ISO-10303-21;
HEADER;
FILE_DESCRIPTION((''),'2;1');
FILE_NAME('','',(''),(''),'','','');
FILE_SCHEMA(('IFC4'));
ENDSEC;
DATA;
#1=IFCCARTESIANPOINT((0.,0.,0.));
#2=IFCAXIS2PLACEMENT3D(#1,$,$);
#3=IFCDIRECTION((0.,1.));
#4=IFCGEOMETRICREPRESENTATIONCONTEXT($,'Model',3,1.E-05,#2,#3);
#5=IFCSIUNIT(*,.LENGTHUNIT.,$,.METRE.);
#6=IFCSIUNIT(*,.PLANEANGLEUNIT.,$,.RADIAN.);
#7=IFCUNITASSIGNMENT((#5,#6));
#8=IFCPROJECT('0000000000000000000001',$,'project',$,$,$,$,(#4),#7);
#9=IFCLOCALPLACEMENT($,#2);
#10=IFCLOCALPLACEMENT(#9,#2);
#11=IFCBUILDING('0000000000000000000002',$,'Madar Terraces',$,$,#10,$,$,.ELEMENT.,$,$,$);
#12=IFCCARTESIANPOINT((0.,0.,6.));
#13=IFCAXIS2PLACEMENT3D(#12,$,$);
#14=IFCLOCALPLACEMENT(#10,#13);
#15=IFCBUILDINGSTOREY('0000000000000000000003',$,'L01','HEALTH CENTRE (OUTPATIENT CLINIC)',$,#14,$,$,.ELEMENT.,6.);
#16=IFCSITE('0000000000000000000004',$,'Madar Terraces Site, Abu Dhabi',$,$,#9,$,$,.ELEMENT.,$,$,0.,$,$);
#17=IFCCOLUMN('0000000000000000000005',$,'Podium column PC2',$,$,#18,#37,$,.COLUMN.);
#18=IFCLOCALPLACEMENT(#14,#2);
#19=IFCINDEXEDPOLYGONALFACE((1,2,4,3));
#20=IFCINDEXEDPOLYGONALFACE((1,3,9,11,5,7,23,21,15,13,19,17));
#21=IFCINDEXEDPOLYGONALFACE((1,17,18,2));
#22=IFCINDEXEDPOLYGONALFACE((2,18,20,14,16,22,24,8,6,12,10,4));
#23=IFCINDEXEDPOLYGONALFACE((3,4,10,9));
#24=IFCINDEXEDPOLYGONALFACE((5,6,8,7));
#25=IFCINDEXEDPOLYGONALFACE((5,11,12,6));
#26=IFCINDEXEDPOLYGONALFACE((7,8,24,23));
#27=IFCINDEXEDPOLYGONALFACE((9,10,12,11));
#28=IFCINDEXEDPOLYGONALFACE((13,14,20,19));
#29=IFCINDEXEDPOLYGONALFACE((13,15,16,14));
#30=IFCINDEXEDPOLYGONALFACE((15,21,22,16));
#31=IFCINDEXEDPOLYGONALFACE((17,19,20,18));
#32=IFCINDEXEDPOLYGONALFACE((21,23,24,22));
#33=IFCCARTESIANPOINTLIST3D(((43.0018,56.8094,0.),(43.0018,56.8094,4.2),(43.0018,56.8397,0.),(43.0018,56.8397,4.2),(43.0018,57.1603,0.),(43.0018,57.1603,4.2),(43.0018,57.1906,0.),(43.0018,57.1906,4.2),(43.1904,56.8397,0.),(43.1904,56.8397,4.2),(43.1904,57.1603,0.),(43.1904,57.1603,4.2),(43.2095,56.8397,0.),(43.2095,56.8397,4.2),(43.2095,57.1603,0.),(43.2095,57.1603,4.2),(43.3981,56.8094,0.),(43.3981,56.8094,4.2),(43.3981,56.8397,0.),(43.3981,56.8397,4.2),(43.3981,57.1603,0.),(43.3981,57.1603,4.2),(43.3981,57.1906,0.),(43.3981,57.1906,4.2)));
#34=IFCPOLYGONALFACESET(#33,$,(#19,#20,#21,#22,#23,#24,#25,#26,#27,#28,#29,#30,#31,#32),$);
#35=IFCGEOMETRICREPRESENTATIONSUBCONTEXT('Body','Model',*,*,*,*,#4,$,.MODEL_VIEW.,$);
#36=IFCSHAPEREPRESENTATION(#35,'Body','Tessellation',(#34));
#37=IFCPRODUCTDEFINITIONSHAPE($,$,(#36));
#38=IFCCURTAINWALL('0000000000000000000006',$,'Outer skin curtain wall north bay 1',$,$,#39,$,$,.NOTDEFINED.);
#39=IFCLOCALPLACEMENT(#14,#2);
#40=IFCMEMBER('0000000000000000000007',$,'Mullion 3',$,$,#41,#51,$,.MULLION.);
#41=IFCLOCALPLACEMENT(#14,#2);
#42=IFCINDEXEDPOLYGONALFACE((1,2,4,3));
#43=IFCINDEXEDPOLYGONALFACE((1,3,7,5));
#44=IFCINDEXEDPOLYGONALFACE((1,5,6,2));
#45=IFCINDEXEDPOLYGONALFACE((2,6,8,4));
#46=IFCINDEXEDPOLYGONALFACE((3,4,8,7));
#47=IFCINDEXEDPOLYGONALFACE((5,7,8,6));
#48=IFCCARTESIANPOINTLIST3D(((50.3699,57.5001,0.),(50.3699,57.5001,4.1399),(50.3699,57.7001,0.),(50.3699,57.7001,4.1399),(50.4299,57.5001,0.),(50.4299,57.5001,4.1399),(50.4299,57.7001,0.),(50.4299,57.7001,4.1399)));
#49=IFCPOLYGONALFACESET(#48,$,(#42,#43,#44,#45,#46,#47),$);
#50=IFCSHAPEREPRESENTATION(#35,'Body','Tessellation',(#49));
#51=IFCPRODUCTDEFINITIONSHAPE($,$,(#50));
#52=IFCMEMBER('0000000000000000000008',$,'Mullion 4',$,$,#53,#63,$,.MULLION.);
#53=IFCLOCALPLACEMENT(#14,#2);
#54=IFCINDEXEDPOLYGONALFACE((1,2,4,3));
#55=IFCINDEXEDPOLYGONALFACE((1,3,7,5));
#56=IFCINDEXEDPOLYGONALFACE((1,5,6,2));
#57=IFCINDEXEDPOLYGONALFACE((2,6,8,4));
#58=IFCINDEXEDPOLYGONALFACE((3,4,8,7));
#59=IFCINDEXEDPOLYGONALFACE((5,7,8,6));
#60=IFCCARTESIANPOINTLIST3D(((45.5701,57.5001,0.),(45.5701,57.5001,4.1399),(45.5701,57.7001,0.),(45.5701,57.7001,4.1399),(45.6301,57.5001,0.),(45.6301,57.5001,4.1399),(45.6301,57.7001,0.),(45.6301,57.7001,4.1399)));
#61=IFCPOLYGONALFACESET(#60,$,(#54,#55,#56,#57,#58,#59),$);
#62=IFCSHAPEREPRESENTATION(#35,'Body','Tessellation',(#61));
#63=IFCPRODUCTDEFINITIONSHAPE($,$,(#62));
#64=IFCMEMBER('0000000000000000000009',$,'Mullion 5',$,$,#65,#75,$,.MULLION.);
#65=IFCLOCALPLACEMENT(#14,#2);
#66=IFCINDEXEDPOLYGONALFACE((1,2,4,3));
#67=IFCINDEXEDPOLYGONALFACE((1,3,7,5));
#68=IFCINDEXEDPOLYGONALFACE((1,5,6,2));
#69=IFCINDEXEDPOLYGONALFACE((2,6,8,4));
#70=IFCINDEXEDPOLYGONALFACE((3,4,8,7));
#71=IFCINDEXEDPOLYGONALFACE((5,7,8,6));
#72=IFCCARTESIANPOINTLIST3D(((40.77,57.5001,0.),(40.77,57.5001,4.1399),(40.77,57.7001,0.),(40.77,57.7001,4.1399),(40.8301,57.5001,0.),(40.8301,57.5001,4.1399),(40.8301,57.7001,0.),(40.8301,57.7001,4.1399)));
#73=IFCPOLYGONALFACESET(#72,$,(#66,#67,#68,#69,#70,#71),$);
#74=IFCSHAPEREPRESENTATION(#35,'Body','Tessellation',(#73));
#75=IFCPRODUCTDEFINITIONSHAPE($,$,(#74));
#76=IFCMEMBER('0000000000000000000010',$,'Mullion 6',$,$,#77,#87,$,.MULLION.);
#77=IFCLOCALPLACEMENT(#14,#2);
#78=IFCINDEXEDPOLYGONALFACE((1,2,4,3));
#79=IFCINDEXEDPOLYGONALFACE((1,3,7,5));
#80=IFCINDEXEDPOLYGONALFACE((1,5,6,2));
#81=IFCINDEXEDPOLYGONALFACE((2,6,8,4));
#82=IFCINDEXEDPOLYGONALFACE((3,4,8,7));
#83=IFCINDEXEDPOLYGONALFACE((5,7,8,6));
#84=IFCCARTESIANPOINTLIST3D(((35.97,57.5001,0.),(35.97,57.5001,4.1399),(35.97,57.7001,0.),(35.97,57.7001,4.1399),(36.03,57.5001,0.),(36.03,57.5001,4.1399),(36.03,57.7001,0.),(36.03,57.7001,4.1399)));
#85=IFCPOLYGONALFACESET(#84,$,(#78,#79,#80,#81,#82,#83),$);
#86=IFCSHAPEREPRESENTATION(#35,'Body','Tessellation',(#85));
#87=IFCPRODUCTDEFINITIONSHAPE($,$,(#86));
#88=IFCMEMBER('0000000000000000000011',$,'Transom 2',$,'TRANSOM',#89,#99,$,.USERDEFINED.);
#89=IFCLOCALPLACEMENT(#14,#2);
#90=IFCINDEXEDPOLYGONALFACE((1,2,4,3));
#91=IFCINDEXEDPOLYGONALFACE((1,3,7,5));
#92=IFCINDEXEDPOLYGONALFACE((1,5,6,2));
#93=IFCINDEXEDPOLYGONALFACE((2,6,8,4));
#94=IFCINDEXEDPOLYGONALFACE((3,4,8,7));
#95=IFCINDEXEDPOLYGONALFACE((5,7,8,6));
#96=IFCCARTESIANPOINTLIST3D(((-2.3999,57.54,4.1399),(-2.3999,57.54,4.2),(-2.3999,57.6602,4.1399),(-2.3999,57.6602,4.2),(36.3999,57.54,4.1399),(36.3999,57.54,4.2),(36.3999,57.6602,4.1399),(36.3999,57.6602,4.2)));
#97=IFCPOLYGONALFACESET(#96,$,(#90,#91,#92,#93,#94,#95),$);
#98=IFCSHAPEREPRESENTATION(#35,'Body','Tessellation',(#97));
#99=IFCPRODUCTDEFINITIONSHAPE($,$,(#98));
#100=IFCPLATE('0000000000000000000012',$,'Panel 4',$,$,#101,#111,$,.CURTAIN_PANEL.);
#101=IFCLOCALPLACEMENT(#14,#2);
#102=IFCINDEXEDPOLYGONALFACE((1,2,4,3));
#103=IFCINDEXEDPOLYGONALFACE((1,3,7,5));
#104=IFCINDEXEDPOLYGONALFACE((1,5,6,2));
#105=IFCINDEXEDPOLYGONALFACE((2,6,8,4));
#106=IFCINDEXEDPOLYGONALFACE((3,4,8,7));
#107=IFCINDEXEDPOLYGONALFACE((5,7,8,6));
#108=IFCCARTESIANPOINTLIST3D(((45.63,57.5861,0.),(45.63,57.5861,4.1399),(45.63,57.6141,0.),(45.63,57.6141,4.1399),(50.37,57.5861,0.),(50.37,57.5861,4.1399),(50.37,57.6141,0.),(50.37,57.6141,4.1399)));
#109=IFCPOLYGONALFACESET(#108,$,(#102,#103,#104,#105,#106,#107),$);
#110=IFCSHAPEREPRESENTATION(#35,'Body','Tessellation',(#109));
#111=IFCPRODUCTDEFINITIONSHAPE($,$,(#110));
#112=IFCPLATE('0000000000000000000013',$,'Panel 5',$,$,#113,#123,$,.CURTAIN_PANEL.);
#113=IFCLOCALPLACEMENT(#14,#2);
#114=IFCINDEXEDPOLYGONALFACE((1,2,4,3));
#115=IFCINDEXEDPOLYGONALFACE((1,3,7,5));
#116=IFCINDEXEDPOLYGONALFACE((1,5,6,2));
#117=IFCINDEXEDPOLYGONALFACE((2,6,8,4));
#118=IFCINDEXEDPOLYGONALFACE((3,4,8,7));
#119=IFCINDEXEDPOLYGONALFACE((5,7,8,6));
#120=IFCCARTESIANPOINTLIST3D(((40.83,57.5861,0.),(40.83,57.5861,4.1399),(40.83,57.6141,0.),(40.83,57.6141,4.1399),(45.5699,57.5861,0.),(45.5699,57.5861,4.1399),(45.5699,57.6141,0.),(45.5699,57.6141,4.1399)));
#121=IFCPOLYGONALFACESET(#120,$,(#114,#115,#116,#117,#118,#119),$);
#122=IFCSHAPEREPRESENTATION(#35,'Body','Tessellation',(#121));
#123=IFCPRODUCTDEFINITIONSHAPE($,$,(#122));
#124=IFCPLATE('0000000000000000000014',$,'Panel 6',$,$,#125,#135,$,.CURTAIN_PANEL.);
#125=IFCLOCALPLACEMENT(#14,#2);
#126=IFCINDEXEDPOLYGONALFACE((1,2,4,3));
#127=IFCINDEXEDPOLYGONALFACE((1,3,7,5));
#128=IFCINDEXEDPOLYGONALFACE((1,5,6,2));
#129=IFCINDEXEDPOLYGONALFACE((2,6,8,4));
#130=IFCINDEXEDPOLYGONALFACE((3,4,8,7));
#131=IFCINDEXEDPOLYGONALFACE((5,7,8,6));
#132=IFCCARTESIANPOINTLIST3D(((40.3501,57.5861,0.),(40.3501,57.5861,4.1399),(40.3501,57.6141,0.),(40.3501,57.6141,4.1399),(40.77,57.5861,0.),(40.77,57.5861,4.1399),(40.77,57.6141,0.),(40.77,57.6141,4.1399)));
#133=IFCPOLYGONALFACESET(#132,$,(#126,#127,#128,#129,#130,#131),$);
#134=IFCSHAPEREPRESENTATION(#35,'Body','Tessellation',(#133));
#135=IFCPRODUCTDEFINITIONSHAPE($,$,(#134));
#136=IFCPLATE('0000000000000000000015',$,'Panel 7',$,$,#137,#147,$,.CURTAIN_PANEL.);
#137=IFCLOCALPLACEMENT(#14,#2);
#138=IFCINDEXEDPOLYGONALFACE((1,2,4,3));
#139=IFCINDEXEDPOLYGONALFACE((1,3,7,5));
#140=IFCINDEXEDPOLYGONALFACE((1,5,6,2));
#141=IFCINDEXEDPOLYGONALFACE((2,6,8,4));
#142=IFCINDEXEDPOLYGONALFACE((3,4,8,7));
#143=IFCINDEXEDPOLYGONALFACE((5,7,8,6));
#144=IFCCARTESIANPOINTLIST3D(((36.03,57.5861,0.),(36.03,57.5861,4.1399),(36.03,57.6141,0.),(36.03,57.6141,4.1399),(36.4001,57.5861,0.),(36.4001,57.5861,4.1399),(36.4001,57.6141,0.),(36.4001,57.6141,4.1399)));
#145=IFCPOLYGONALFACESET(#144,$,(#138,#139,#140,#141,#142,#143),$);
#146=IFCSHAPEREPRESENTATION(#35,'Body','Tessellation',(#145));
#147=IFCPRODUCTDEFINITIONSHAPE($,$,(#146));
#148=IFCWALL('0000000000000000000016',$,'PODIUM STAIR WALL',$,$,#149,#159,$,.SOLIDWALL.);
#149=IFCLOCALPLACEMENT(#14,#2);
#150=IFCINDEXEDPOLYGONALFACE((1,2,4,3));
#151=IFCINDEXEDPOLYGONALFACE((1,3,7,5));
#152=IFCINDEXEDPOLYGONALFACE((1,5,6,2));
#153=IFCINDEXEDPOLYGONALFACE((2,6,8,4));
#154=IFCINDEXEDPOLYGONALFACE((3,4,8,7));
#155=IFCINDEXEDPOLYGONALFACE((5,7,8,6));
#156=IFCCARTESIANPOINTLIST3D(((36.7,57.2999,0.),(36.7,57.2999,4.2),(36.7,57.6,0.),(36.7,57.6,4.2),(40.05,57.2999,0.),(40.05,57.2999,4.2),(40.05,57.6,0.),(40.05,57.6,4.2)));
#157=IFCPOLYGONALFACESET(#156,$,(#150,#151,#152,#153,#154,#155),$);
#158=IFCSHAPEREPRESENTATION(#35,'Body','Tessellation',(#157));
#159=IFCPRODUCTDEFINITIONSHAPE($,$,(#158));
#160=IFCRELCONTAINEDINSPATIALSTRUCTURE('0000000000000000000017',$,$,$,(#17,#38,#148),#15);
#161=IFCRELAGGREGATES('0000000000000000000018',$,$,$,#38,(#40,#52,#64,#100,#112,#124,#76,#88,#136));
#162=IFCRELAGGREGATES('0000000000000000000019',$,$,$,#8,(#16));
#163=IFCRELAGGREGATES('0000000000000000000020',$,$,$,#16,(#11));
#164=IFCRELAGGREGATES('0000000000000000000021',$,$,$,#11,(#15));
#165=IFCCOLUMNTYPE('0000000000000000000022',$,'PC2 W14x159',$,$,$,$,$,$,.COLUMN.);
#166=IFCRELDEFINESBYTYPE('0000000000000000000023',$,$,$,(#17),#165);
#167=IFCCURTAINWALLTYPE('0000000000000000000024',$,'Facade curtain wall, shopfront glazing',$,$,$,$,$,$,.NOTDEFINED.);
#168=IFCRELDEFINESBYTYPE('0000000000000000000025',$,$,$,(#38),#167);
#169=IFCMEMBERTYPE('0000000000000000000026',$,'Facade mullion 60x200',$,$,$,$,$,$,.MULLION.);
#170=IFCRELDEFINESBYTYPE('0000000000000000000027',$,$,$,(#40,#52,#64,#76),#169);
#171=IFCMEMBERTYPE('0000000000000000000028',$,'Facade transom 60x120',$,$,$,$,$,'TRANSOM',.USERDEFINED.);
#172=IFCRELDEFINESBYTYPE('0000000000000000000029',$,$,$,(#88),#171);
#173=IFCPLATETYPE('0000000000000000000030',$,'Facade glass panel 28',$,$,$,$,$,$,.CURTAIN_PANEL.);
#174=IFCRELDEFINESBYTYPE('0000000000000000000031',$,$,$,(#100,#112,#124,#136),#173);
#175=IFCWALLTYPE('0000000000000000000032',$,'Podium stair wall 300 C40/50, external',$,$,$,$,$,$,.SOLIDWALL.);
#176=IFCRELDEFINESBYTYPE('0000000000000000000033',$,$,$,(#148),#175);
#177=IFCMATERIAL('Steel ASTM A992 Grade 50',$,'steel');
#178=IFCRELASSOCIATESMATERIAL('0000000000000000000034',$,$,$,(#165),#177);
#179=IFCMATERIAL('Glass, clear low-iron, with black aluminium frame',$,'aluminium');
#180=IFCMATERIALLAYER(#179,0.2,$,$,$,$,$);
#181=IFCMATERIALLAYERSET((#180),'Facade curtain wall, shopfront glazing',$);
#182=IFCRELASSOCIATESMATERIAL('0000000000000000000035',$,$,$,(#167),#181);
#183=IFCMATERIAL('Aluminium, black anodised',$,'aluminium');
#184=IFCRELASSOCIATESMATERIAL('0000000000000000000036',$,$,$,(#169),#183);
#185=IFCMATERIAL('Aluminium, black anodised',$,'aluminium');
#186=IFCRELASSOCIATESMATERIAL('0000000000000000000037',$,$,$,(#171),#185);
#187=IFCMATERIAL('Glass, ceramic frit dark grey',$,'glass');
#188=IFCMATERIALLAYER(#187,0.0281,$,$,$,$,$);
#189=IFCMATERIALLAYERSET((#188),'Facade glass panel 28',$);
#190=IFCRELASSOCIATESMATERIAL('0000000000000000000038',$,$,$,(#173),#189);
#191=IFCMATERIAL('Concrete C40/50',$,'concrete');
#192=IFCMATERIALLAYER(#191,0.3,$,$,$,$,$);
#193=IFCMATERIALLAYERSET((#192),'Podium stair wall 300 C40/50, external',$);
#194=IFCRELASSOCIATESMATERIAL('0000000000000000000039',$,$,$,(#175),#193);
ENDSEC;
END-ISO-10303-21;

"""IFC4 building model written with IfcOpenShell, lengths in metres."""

from ifc_helpers import new_model, si_unit, direction, frame, frame_2d, origin, origin_2d, place, context, subcontext, project, spatial, rectangle, i_section, extrude, material, layer, layer_set, material_profile, profile_set, type_object, element, aggregate, save


model = new_model("IFC4")

# Units and contexts
model_context = context("Model", 3, precision=1e-05, world=origin(), true_north=direction((0.0, 1.0)))
body_context = subcontext(model_context, "Body", "Model", "MODEL_VIEW")
ifc_project = project(units=[si_unit("LENGTHUNIT", "METRE"), si_unit("PLANEANGLEUNIT", "RADIAN")], contexts=[model_context])

# Site, building, storey
site_placement = place(None, origin())
site = spatial("IfcSite", under=ifc_project, at=site_placement, Name="Madar Terraces Site, Abu Dhabi", CompositionType="ELEMENT", RefElevation=0.0)
building_placement = place(site_placement, origin())
building = spatial("IfcBuilding", under=site, at=building_placement, Name="Madar Terraces", CompositionType="ELEMENT")
storey_placement = place(building_placement, frame((0.0, 0.0, 6.0)))
storey = spatial("IfcBuildingStorey", under=building, at=storey_placement, Name="L01", Description="HEALTH CENTRE (OUTPATIENT CLINIC)", CompositionType="ELEMENT", Elevation=6.0)

# Column
ifc_material_1 = material(Name="Steel ASTM A992 Grade 50", Category="steel")
ifc_material_profile_1 = material_profile(ifc_material_1, i_section(OverallWidth=0.3962, OverallDepth=0.3811, WebThickness=0.019, FlangeThickness=0.0303, at=origin_2d()), Name="W14x159")
ifc_profile_set_1 = profile_set([ifc_material_profile_1], Name="Steel ASTM A992 Grade 50")
column_type = type_object("IfcColumnType", Name="PC2 W14x159", PredefinedType="COLUMN", material=ifc_profile_set_1)
column_placement = place(storey_placement, frame((43.2, 57.0, 0.0), z_axis=(0.0, 0.0, 1.0), x_axis=(1.0, 0.0, 0.0)))
element("IfcColumn", 1, at=column_placement, inside=storey, type_object=column_type, Name="Podium column PC2", PredefinedType="COLUMN", context=body_context, shape_type="SweptSolid", body=[
    extrude(i_section(OverallWidth=0.3962, OverallDepth=0.3811, WebThickness=0.019, FlangeThickness=0.0303, at=origin_2d()), origin(), (0.0, 0.0, 1.0), 4.2),
])

# Curtain wall, members, plates
ifc_material_2 = material(Name="Glass, clear low-iron, with black aluminium frame", Category="aluminium")
ifc_layer_1 = layer(ifc_material_2, 0.2)
ifc_layer_set_1 = layer_set([ifc_layer_1], Name="Facade curtain wall, shopfront glazing")
curtain_wall_type = type_object("IfcCurtainWallType", Name="Facade curtain wall, shopfront glazing", PredefinedType="NOTDEFINED", material=ifc_layer_set_1)
curtain_wall_placement = place(storey_placement, origin())
curtain_wall = element("IfcCurtainWall", 2, at=curtain_wall_placement, inside=storey, type_object=curtain_wall_type, Name="Outer skin curtain wall north bay 1", PredefinedType="NOTDEFINED")
ifc_material_3 = material(Name="Aluminium, black anodised", Category="aluminium")
ifc_material_profile_2 = material_profile(ifc_material_3, rectangle(XDim=0.2, YDim=0.0601, at=origin_2d()), Name="Facade mullion 60x200")
ifc_profile_set_2 = profile_set([ifc_material_profile_2], Name="Aluminium, black anodised")
member_type_1 = type_object("IfcMemberType", Name="Facade mullion 60x200", PredefinedType="MULLION", material=ifc_profile_set_2)
member_1_placement = place(storey_placement, frame((50.3999, 57.6001, 0.0), z_axis=(0.0, 0.0, 1.0), x_axis=(0.0, -1.0, 0.0)))
member_1 = element("IfcMember", 3, at=member_1_placement, type_object=member_type_1, Name="Mullion 3", PredefinedType="MULLION", context=body_context, shape_type="SweptSolid", body=[
    extrude(rectangle(XDim=0.2, YDim=0.0601, at=origin_2d()), origin(), (0.0, 0.0, 1.0), 4.1399),
])
member_2_placement = place(storey_placement, frame((45.6001, 57.6001, 0.0), z_axis=(0.0, 0.0, 1.0), x_axis=(0.0, -1.0, 0.0)))
member_2 = element("IfcMember", 4, at=member_2_placement, type_object=member_type_1, Name="Mullion 4", PredefinedType="MULLION", context=body_context, shape_type="SweptSolid", body=[
    extrude(rectangle(XDim=0.2, YDim=0.0601, at=origin_2d()), origin(), (0.0, 0.0, 1.0), 4.1399),
])
member_3_placement = place(storey_placement, frame((40.8, 57.6001, 0.0), z_axis=(0.0, 0.0, 1.0), x_axis=(0.0, -1.0, 0.0)))
member_3 = element("IfcMember", 5, at=member_3_placement, type_object=member_type_1, Name="Mullion 5", PredefinedType="MULLION", context=body_context, shape_type="SweptSolid", body=[
    extrude(rectangle(XDim=0.2, YDim=0.0601, at=origin_2d()), origin(), (0.0, 0.0, 1.0), 4.1399),
])
member_4_placement = place(storey_placement, frame((36.0, 57.6001, 0.0), z_axis=(0.0, 0.0, 1.0), x_axis=(0.0, -1.0, 0.0)))
member_4 = element("IfcMember", 6, at=member_4_placement, type_object=member_type_1, Name="Mullion 6", PredefinedType="MULLION", context=body_context, shape_type="SweptSolid", body=[
    extrude(rectangle(XDim=0.2, YDim=0.0601, at=origin_2d()), origin(), (0.0, 0.0, 1.0), 4.1399),
])
ifc_material_4 = material(Name="Aluminium, black anodised", Category="aluminium")
ifc_material_profile_3 = material_profile(ifc_material_4, rectangle(XDim=0.1201, YDim=0.0601, at=origin_2d()), Name="Facade transom 60x120")
ifc_profile_set_3 = profile_set([ifc_material_profile_3], Name="Aluminium, black anodised")
member_type_2 = type_object("IfcMemberType", Name="Facade transom 60x120", ElementType="TRANSOM", PredefinedType="USERDEFINED", material=ifc_profile_set_3)
member_5_placement = place(storey_placement, frame((36.3999, 57.6001, 4.1699), z_axis=(-1.0, 0.0, 0.0), x_axis=(0.0, -1.0, 0.0)))
member_5 = element("IfcMember", 7, at=member_5_placement, type_object=member_type_2, Name="Transom 2", ObjectType="TRANSOM", PredefinedType="USERDEFINED", context=body_context, shape_type="SweptSolid", body=[
    extrude(rectangle(XDim=0.1201, YDim=0.0601, at=origin_2d()), origin(), (0.0, 0.0, 1.0), 38.7998),
])
ifc_material_5 = material(Name="Glass, ceramic frit dark grey", Category="glass")
ifc_layer_2 = layer(ifc_material_5, 0.0281)
ifc_layer_set_2 = layer_set([ifc_layer_2], Name="Facade glass panel 28")
plate_type = type_object("IfcPlateType", Name="Facade glass panel 28", PredefinedType="CURTAIN_PANEL", material=ifc_layer_set_2)
plate_1_placement = place(storey_placement, frame((48.0, 57.6001, 0.0), z_axis=(0.0, 0.0, 1.0), x_axis=(-1.0, 0.0, 0.0)))
plate_1 = element("IfcPlate", 8, at=plate_1_placement, type_object=plate_type, Name="Panel 4", PredefinedType="CURTAIN_PANEL", context=body_context, shape_type="SweptSolid", body=[
    extrude(rectangle(XDim=4.74, YDim=0.0281, at=origin_2d()), origin(), (0.0, 0.0, 1.0), 4.1399),
])
plate_2_placement = place(storey_placement, frame((43.2, 57.6001, 0.0), z_axis=(0.0, 0.0, 1.0), x_axis=(-1.0, 0.0, 0.0)))
plate_2 = element("IfcPlate", 9, at=plate_2_placement, type_object=plate_type, Name="Panel 5", PredefinedType="CURTAIN_PANEL", context=body_context, shape_type="SweptSolid", body=[
    extrude(rectangle(XDim=4.74, YDim=0.0281, at=origin_2d()), origin(), (0.0, 0.0, 1.0), 4.1399),
])
plate_3_placement = place(storey_placement, frame((40.5601, 57.6001, 0.0), z_axis=(0.0, 0.0, 1.0), x_axis=(-1.0, 0.0, 0.0)))
plate_3 = element("IfcPlate", 10, at=plate_3_placement, type_object=plate_type, Name="Panel 6", PredefinedType="CURTAIN_PANEL", context=body_context, shape_type="SweptSolid", body=[
    extrude(rectangle(XDim=0.4199, YDim=0.0281, at=origin_2d()), origin(), (0.0, 0.0, 1.0), 4.1399),
])
plate_4_placement = place(storey_placement, frame((36.2151, 57.6001, 0.0), z_axis=(0.0, 0.0, 1.0), x_axis=(-1.0, 0.0, 0.0)))
plate_4 = element("IfcPlate", 11, at=plate_4_placement, type_object=plate_type, Name="Panel 7", PredefinedType="CURTAIN_PANEL", context=body_context, shape_type="SweptSolid", body=[
    extrude(rectangle(XDim=0.3701, YDim=0.0281, at=origin_2d()), origin(), (0.0, 0.0, 1.0), 4.1399),
])
aggregate(curtain_wall, [member_1, member_2, member_3, plate_1, plate_2, plate_3, member_4, member_5, plate_4])

# Wall
ifc_material_6 = material(Name="Concrete C40/50", Category="concrete")
ifc_layer_3 = layer(ifc_material_6, 0.3)
ifc_layer_set_3 = layer_set([ifc_layer_3], Name="Podium stair wall 300 C40/50, external")
wall_type = type_object("IfcWallType", Name="Podium stair wall 300 C40/50, external", PredefinedType="SOLIDWALL", material=ifc_layer_set_3)
wall_placement = place(storey_placement, frame((36.7, 57.45, 0.0), z_axis=(0.0, 0.0, 1.0), x_axis=(1.0, 0.0, 0.0)))
element("IfcWall", 12, at=wall_placement, inside=storey, type_object=wall_type, Name="PODIUM STAIR WALL", PredefinedType="SOLIDWALL", context=body_context, shape_type="SweptSolid", body=[
    extrude(rectangle(XDim=3.3501, YDim=0.3, at=frame_2d((1.675, 0.0))), origin(), (0.0, 0.0, 1.0), 4.2),
])

save(model, "model.ifc")
